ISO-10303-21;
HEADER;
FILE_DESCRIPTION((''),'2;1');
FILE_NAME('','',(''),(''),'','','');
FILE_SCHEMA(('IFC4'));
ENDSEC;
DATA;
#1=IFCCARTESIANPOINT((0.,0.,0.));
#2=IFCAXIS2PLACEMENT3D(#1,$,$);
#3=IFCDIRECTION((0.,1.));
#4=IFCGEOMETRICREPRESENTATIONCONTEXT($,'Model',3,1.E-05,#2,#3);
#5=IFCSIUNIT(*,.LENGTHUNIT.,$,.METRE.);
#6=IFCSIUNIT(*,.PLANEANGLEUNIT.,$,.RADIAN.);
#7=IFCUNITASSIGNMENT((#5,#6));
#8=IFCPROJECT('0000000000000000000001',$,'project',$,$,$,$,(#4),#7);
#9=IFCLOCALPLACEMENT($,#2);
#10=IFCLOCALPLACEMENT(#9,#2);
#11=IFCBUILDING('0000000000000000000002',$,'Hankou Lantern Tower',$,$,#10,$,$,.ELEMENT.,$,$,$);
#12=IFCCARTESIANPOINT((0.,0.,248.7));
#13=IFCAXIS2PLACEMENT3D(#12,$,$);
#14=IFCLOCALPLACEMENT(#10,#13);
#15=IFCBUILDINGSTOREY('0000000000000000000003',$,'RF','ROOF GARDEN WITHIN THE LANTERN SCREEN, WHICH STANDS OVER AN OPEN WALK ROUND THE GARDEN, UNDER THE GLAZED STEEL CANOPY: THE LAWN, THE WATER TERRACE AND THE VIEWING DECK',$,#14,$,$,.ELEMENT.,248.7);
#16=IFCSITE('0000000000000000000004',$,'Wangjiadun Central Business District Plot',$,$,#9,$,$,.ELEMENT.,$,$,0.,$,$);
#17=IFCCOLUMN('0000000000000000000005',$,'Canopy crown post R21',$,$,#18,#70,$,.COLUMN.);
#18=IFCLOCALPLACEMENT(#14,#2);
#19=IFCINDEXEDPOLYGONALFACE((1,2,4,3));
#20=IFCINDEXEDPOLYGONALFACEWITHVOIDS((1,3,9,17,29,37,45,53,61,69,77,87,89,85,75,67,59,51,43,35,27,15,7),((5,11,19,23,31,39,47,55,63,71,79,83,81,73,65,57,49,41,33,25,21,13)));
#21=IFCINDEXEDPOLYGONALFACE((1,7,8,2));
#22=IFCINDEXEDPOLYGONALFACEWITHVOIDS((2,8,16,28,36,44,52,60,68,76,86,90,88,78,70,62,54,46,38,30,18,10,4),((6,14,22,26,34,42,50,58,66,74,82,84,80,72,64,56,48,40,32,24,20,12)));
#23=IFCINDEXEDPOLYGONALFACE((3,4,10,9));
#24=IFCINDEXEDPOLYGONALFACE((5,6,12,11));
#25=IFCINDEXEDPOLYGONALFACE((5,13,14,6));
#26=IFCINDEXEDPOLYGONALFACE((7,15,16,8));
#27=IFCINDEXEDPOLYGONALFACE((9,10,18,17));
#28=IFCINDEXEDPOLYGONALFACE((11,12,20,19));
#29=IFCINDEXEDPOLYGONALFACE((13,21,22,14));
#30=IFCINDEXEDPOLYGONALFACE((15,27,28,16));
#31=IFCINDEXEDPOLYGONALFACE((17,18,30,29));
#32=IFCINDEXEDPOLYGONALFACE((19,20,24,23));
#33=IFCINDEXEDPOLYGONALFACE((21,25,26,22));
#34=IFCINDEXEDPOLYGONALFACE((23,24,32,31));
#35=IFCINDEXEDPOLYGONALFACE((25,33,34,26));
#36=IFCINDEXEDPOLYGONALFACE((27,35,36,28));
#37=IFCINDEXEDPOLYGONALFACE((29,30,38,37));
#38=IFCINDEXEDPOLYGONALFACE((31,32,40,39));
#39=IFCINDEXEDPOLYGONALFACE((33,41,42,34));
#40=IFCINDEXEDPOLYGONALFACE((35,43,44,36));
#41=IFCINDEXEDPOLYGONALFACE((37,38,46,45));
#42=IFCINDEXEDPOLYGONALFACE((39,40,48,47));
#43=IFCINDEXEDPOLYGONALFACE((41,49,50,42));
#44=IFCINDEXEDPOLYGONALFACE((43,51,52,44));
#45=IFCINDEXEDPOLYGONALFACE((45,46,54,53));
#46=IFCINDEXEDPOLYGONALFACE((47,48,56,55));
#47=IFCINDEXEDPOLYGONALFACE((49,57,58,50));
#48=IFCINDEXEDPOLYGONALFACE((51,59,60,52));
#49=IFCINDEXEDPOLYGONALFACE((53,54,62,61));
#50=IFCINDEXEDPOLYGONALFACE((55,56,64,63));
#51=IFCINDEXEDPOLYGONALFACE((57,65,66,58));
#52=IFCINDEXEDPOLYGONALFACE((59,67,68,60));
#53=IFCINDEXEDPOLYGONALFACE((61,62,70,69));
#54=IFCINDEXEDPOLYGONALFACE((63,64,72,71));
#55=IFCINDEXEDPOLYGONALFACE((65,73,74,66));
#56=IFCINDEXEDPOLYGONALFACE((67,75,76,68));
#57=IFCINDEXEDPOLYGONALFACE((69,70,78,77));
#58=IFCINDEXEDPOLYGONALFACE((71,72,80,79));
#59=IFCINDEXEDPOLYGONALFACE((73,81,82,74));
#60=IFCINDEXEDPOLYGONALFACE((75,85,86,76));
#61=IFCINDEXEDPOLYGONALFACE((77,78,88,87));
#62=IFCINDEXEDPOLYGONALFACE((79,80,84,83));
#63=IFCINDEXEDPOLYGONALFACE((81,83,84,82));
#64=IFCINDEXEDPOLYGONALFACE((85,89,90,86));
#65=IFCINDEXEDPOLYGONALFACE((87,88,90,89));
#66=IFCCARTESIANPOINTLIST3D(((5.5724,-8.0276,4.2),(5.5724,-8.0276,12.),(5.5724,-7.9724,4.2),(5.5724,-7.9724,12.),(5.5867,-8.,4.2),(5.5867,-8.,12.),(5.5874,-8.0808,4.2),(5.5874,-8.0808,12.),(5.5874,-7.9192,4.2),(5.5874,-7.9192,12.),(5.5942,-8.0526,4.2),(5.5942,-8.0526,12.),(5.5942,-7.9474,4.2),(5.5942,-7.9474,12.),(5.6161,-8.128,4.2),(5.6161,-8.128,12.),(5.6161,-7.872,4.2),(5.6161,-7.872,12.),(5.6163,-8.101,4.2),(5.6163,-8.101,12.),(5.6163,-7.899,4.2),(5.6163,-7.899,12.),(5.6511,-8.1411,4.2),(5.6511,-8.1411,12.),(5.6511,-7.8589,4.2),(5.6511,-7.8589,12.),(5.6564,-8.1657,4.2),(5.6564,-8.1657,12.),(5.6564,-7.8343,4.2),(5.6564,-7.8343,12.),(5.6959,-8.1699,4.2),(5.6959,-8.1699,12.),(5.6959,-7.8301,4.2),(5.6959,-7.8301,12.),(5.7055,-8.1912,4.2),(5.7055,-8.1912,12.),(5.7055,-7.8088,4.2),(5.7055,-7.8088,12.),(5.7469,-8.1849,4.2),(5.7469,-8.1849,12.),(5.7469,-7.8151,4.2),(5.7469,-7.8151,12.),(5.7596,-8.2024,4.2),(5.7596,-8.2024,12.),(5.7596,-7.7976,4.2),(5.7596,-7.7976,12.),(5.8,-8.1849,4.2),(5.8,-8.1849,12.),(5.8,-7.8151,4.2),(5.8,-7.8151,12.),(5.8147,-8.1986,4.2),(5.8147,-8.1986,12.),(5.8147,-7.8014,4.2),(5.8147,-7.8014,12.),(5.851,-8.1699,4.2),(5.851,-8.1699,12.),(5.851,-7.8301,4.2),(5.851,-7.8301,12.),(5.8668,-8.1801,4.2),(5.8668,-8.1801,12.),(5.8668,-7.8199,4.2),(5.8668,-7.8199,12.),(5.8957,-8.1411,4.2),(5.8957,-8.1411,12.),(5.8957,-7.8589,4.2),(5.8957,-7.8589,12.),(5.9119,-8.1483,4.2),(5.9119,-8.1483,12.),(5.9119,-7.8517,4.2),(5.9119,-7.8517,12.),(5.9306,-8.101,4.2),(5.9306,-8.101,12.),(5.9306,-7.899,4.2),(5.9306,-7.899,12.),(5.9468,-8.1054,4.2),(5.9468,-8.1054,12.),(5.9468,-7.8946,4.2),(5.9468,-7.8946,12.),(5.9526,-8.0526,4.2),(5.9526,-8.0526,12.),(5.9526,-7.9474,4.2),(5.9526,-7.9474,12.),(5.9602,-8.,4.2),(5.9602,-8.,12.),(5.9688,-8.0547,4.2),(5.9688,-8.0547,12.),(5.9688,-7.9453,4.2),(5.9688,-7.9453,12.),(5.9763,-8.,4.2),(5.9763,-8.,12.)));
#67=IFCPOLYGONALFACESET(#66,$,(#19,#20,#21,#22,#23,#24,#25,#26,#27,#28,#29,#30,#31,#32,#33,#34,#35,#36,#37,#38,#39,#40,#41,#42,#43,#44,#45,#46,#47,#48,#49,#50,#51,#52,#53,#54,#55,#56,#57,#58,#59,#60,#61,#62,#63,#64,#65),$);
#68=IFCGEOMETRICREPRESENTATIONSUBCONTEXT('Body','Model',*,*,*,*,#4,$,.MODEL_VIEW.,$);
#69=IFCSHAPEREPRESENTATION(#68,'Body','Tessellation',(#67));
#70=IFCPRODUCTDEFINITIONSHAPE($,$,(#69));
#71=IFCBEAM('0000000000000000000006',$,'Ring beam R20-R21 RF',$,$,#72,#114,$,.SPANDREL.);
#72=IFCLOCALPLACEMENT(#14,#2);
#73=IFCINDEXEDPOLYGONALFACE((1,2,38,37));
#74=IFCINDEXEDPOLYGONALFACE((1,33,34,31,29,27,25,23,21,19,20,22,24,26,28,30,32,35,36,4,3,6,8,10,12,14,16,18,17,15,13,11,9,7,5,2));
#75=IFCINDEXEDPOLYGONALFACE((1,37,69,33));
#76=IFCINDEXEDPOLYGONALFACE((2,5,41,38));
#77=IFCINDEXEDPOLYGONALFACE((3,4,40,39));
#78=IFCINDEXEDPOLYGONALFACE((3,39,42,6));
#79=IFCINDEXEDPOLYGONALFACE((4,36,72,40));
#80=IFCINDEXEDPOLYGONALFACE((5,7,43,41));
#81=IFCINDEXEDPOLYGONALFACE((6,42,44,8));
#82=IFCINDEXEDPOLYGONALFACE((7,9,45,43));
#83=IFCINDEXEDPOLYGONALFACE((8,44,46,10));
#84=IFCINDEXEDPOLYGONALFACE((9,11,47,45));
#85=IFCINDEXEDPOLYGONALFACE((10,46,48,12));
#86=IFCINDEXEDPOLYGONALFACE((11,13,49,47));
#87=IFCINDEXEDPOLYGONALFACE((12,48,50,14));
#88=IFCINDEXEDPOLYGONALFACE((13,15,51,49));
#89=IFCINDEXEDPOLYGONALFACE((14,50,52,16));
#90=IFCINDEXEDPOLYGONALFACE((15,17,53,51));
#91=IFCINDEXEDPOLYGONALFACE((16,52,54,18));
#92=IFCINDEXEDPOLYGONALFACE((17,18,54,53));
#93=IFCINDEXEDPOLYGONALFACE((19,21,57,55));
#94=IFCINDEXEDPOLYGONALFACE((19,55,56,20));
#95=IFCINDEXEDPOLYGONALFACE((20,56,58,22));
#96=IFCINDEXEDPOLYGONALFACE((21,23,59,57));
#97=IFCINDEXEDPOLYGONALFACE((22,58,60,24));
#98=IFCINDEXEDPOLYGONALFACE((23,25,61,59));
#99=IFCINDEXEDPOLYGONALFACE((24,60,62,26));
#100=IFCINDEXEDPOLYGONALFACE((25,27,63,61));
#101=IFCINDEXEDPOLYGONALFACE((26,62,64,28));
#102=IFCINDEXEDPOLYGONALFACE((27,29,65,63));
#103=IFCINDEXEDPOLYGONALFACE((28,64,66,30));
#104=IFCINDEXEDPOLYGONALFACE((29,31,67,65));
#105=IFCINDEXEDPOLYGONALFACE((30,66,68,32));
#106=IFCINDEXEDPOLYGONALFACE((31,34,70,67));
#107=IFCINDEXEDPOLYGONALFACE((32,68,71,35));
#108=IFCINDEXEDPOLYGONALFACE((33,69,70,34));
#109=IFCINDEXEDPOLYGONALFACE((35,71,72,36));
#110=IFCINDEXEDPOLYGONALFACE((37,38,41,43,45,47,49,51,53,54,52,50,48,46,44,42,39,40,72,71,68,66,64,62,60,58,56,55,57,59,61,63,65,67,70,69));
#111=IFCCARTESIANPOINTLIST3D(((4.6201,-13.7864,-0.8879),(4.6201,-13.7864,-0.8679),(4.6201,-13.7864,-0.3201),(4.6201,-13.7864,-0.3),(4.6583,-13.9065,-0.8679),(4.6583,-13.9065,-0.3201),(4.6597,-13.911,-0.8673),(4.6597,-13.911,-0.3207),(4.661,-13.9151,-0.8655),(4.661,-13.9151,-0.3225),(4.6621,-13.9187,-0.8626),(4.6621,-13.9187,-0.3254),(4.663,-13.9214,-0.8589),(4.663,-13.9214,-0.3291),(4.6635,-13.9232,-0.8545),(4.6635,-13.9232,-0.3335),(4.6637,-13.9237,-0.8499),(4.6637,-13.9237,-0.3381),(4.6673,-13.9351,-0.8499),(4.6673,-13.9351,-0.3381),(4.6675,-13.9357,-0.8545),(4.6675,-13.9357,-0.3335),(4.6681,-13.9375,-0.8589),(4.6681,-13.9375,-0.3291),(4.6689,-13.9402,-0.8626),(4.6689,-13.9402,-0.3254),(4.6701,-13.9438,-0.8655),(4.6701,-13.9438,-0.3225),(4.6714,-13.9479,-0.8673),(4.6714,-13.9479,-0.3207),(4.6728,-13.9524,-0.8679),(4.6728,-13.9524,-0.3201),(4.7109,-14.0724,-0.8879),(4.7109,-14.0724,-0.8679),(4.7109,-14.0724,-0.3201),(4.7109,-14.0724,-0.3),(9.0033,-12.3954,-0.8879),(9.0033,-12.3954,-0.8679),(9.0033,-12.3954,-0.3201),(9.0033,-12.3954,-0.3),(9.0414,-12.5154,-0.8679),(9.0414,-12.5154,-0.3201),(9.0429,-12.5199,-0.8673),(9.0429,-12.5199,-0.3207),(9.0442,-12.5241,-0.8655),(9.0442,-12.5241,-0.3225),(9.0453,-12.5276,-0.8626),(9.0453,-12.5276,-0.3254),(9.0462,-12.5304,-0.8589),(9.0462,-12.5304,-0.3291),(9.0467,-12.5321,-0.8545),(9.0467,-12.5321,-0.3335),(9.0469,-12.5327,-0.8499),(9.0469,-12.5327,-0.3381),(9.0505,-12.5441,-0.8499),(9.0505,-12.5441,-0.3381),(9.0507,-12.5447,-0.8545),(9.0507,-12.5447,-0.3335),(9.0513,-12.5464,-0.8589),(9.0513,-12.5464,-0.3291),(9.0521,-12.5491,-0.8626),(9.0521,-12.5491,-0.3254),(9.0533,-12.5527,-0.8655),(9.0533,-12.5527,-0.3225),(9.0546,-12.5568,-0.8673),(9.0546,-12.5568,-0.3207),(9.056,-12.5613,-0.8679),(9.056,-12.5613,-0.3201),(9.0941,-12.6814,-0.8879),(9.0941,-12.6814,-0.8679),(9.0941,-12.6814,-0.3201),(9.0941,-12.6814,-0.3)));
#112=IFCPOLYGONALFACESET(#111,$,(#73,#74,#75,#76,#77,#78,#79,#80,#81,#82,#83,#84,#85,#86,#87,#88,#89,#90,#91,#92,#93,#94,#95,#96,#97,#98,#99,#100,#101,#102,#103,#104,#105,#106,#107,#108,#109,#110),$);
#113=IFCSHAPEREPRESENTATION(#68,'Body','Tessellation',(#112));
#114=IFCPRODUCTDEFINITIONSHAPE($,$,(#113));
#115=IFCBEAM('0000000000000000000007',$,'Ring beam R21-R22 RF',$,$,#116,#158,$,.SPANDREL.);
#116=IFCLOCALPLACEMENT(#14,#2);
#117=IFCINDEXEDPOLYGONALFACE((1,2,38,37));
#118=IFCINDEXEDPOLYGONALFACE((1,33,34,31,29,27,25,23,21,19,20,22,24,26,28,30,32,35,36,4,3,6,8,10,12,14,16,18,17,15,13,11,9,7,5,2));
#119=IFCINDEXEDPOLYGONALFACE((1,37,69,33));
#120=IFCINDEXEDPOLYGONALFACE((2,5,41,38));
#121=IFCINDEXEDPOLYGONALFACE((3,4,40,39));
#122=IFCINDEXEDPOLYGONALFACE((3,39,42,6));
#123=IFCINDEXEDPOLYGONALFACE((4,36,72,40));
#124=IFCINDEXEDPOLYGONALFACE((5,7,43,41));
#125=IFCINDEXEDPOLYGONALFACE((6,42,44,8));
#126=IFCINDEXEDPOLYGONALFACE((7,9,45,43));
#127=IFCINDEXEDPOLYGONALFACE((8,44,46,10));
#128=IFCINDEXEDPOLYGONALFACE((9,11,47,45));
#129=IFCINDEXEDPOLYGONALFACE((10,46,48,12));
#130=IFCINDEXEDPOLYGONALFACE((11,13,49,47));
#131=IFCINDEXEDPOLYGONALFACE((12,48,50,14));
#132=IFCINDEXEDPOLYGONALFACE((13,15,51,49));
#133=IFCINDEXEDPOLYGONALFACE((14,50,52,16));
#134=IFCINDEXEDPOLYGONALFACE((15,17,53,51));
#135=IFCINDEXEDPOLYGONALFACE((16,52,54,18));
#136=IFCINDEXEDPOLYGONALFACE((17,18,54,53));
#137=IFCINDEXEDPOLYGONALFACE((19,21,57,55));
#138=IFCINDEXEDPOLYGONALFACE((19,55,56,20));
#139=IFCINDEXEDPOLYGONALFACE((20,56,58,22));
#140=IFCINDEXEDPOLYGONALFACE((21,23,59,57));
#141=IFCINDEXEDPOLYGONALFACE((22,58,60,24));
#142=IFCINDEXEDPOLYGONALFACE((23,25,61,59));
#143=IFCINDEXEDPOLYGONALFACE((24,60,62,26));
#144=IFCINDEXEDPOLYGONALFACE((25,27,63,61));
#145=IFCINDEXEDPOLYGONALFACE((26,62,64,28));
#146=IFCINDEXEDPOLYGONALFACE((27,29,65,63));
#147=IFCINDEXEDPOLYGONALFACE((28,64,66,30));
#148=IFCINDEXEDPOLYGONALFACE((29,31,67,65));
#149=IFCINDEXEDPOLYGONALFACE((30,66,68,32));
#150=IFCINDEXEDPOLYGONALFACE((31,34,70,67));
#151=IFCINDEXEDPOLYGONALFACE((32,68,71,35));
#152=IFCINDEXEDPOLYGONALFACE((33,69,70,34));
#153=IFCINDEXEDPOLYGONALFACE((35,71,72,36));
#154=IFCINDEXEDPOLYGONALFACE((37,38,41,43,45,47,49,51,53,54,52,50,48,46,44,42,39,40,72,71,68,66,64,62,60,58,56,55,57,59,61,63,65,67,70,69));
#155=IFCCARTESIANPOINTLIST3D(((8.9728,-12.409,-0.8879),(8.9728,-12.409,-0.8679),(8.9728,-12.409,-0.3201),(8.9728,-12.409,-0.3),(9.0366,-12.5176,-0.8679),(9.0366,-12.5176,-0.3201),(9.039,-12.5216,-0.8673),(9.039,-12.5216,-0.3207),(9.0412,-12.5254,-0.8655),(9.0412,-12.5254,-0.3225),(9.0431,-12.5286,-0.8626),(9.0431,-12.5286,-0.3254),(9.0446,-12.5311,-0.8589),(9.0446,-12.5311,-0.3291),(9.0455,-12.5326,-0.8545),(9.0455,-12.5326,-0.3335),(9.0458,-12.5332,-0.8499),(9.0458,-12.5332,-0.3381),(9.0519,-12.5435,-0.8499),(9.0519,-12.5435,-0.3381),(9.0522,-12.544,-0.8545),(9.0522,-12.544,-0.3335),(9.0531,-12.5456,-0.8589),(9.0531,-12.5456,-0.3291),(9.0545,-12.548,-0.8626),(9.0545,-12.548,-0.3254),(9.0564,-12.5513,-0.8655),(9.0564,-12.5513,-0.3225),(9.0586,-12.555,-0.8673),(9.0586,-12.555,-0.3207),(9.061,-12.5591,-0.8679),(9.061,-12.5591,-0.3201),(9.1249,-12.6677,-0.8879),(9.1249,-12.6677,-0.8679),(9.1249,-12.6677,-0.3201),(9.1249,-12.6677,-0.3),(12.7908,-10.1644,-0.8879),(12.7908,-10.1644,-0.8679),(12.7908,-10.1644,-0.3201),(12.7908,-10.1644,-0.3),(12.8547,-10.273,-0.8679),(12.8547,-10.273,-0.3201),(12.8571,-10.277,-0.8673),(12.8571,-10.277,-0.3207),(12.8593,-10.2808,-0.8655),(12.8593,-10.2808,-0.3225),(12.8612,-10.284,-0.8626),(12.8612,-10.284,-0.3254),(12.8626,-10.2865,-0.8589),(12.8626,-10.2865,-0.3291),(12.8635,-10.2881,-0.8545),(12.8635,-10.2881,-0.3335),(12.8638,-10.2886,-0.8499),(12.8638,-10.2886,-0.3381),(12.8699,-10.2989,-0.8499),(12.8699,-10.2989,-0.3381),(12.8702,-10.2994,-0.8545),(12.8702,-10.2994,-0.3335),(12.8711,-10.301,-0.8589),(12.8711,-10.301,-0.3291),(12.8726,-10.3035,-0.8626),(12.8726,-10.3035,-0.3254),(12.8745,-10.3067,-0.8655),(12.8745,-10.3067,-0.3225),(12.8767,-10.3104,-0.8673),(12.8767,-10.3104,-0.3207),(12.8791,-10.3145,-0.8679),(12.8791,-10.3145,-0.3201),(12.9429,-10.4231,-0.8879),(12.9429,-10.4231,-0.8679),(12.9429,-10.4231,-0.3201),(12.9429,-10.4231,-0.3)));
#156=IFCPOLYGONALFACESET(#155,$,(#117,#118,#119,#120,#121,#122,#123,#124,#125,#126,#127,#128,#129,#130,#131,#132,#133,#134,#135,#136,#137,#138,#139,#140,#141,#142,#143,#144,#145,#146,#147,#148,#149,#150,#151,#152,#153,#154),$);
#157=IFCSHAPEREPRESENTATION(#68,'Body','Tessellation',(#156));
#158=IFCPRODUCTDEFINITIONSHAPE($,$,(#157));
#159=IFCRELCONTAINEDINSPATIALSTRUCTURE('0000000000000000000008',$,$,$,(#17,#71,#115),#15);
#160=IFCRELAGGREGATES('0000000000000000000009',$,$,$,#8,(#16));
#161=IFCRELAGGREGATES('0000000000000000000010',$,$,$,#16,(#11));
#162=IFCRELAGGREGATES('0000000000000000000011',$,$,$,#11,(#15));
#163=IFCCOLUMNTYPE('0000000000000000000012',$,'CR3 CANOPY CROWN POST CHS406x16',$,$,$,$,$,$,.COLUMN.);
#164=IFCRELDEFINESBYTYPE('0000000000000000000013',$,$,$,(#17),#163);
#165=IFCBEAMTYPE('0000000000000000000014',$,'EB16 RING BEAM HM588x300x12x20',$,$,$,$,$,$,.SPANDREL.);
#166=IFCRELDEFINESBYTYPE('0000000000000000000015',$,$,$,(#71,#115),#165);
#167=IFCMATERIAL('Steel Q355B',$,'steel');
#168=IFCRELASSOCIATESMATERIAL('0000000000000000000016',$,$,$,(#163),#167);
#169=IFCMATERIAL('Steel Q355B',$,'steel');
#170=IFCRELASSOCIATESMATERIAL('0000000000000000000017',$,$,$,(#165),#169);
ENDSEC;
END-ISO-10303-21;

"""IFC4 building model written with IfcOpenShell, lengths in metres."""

from ifc_helpers import new_model, si_unit, direction, frame, origin, origin_2d, place, context, subcontext, project, spatial, hollow_circle, i_section, extrude, material, material_profile, profile_set, type_object, element, save


model = new_model("IFC4")

# Units and contexts
model_context = context("Model", 3, precision=1e-05, world=origin(), true_north=direction((0.0, 1.0)))
body_context = subcontext(model_context, "Body", "Model", "MODEL_VIEW")
ifc_project = project(units=[si_unit("LENGTHUNIT", "METRE"), si_unit("PLANEANGLEUNIT", "RADIAN")], contexts=[model_context])

# Site, building, storey
site_placement = place(None, origin())
site = spatial("IfcSite", under=ifc_project, at=site_placement, Name="Wangjiadun Central Business District Plot", CompositionType="ELEMENT", RefElevation=0.0)
building_placement = place(site_placement, origin())
building = spatial("IfcBuilding", under=site, at=building_placement, Name="Hankou Lantern Tower", CompositionType="ELEMENT")
storey_placement = place(building_placement, frame((0.0, 0.0, 248.7)))
storey = spatial("IfcBuildingStorey", under=building, at=storey_placement, Name="RF", Description="ROOF GARDEN WITHIN THE LANTERN SCREEN, WHICH STANDS OVER AN OPEN WALK ROUND THE GARDEN, UNDER THE GLAZED STEEL CANOPY: THE LAWN, THE WATER TERRACE AND THE VIEWING DECK", CompositionType="ELEMENT", Elevation=248.7)

# Column
ifc_material_1 = material(Name="Steel Q355B", Category="steel")
ifc_material_profile_1 = material_profile(ifc_material_1, hollow_circle(Radius=0.2029, WallThickness=0.0161, at=origin_2d()), Name="CHS406x16")
ifc_profile_set_1 = profile_set([ifc_material_profile_1], Name="Steel Q355B")
column_type_1 = type_object("IfcColumnType", Name="CR3 CANOPY CROWN POST CHS406x16", PredefinedType="COLUMN", material=ifc_profile_set_1)
for number, where, z_axis, x_axis, name in (
    (1, (5.7734, -8.0, 4.2), (0.0, 0.0, 1.0), (1.0, 0.0, 0.0), "Canopy crown post R21"),
):
    element("IfcColumn", number, at=place(storey_placement, frame(where, z_axis=z_axis, x_axis=x_axis)), inside=storey, type_object=column_type_1, Name=name, PredefinedType="COLUMN", context=body_context, shape_type="SweptSolid", body=[
        extrude(hollow_circle(Radius=0.2029, WallThickness=0.0161, at=origin_2d()), origin(), (0.0, 0.0, 1.0), 7.8),
    ])

# Beams
ifc_material_2 = material(Name="Steel Q355B", Category="steel")
ifc_material_profile_2 = material_profile(ifc_material_2, i_section(OverallWidth=0.3, OverallDepth=0.5879, WebThickness=0.012, FlangeThickness=0.02, FilletRadius=0.0181, at=origin_2d()), Name="HM588x300x12x20")
ifc_profile_set_2 = profile_set([ifc_material_profile_2], Name="Steel Q355B")
beam_type_1 = type_object("IfcBeamType", Name="EB16 RING BEAM HM588x300x12x20", PredefinedType="SPANDREL", material=ifc_profile_set_2)
beam_1_placement = place(storey_placement, frame((4.6655, -13.9294, -0.594), z_axis=(0.95315, 0.302498, 0.0), x_axis=(-0.302498, 0.95315, 0.0)))
element("IfcBeam", 2, at=beam_1_placement, inside=storey, type_object=beam_type_1, Name="Ring beam R20-R21 RF", PredefinedType="SPANDREL", context=body_context, shape_type="SweptSolid", body=[
    extrude(i_section(OverallWidth=0.3, OverallDepth=0.5879, WebThickness=0.012, FlangeThickness=0.02, FilletRadius=0.0181, at=origin_2d()), origin(), (0.0, 0.0, 1.0), 4.5986),
])
beam_2_placement = place(storey_placement, frame((9.0488, -12.5383, -0.594), z_axis=(0.862065, 0.506798, 0.0), x_axis=(-0.506798, 0.862065, 0.0)))
element("IfcBeam", 3, at=beam_2_placement, inside=storey, type_object=beam_type_1, Name="Ring beam R21-R22 RF", PredefinedType="SPANDREL", context=body_context, shape_type="SweptSolid", body=[
    extrude(i_section(OverallWidth=0.3, OverallDepth=0.5879, WebThickness=0.012, FlangeThickness=0.02, FilletRadius=0.0181, at=origin_2d()), origin(), (0.0, 0.0, 1.0), 4.429),
])

save(model, "model.ifc")
